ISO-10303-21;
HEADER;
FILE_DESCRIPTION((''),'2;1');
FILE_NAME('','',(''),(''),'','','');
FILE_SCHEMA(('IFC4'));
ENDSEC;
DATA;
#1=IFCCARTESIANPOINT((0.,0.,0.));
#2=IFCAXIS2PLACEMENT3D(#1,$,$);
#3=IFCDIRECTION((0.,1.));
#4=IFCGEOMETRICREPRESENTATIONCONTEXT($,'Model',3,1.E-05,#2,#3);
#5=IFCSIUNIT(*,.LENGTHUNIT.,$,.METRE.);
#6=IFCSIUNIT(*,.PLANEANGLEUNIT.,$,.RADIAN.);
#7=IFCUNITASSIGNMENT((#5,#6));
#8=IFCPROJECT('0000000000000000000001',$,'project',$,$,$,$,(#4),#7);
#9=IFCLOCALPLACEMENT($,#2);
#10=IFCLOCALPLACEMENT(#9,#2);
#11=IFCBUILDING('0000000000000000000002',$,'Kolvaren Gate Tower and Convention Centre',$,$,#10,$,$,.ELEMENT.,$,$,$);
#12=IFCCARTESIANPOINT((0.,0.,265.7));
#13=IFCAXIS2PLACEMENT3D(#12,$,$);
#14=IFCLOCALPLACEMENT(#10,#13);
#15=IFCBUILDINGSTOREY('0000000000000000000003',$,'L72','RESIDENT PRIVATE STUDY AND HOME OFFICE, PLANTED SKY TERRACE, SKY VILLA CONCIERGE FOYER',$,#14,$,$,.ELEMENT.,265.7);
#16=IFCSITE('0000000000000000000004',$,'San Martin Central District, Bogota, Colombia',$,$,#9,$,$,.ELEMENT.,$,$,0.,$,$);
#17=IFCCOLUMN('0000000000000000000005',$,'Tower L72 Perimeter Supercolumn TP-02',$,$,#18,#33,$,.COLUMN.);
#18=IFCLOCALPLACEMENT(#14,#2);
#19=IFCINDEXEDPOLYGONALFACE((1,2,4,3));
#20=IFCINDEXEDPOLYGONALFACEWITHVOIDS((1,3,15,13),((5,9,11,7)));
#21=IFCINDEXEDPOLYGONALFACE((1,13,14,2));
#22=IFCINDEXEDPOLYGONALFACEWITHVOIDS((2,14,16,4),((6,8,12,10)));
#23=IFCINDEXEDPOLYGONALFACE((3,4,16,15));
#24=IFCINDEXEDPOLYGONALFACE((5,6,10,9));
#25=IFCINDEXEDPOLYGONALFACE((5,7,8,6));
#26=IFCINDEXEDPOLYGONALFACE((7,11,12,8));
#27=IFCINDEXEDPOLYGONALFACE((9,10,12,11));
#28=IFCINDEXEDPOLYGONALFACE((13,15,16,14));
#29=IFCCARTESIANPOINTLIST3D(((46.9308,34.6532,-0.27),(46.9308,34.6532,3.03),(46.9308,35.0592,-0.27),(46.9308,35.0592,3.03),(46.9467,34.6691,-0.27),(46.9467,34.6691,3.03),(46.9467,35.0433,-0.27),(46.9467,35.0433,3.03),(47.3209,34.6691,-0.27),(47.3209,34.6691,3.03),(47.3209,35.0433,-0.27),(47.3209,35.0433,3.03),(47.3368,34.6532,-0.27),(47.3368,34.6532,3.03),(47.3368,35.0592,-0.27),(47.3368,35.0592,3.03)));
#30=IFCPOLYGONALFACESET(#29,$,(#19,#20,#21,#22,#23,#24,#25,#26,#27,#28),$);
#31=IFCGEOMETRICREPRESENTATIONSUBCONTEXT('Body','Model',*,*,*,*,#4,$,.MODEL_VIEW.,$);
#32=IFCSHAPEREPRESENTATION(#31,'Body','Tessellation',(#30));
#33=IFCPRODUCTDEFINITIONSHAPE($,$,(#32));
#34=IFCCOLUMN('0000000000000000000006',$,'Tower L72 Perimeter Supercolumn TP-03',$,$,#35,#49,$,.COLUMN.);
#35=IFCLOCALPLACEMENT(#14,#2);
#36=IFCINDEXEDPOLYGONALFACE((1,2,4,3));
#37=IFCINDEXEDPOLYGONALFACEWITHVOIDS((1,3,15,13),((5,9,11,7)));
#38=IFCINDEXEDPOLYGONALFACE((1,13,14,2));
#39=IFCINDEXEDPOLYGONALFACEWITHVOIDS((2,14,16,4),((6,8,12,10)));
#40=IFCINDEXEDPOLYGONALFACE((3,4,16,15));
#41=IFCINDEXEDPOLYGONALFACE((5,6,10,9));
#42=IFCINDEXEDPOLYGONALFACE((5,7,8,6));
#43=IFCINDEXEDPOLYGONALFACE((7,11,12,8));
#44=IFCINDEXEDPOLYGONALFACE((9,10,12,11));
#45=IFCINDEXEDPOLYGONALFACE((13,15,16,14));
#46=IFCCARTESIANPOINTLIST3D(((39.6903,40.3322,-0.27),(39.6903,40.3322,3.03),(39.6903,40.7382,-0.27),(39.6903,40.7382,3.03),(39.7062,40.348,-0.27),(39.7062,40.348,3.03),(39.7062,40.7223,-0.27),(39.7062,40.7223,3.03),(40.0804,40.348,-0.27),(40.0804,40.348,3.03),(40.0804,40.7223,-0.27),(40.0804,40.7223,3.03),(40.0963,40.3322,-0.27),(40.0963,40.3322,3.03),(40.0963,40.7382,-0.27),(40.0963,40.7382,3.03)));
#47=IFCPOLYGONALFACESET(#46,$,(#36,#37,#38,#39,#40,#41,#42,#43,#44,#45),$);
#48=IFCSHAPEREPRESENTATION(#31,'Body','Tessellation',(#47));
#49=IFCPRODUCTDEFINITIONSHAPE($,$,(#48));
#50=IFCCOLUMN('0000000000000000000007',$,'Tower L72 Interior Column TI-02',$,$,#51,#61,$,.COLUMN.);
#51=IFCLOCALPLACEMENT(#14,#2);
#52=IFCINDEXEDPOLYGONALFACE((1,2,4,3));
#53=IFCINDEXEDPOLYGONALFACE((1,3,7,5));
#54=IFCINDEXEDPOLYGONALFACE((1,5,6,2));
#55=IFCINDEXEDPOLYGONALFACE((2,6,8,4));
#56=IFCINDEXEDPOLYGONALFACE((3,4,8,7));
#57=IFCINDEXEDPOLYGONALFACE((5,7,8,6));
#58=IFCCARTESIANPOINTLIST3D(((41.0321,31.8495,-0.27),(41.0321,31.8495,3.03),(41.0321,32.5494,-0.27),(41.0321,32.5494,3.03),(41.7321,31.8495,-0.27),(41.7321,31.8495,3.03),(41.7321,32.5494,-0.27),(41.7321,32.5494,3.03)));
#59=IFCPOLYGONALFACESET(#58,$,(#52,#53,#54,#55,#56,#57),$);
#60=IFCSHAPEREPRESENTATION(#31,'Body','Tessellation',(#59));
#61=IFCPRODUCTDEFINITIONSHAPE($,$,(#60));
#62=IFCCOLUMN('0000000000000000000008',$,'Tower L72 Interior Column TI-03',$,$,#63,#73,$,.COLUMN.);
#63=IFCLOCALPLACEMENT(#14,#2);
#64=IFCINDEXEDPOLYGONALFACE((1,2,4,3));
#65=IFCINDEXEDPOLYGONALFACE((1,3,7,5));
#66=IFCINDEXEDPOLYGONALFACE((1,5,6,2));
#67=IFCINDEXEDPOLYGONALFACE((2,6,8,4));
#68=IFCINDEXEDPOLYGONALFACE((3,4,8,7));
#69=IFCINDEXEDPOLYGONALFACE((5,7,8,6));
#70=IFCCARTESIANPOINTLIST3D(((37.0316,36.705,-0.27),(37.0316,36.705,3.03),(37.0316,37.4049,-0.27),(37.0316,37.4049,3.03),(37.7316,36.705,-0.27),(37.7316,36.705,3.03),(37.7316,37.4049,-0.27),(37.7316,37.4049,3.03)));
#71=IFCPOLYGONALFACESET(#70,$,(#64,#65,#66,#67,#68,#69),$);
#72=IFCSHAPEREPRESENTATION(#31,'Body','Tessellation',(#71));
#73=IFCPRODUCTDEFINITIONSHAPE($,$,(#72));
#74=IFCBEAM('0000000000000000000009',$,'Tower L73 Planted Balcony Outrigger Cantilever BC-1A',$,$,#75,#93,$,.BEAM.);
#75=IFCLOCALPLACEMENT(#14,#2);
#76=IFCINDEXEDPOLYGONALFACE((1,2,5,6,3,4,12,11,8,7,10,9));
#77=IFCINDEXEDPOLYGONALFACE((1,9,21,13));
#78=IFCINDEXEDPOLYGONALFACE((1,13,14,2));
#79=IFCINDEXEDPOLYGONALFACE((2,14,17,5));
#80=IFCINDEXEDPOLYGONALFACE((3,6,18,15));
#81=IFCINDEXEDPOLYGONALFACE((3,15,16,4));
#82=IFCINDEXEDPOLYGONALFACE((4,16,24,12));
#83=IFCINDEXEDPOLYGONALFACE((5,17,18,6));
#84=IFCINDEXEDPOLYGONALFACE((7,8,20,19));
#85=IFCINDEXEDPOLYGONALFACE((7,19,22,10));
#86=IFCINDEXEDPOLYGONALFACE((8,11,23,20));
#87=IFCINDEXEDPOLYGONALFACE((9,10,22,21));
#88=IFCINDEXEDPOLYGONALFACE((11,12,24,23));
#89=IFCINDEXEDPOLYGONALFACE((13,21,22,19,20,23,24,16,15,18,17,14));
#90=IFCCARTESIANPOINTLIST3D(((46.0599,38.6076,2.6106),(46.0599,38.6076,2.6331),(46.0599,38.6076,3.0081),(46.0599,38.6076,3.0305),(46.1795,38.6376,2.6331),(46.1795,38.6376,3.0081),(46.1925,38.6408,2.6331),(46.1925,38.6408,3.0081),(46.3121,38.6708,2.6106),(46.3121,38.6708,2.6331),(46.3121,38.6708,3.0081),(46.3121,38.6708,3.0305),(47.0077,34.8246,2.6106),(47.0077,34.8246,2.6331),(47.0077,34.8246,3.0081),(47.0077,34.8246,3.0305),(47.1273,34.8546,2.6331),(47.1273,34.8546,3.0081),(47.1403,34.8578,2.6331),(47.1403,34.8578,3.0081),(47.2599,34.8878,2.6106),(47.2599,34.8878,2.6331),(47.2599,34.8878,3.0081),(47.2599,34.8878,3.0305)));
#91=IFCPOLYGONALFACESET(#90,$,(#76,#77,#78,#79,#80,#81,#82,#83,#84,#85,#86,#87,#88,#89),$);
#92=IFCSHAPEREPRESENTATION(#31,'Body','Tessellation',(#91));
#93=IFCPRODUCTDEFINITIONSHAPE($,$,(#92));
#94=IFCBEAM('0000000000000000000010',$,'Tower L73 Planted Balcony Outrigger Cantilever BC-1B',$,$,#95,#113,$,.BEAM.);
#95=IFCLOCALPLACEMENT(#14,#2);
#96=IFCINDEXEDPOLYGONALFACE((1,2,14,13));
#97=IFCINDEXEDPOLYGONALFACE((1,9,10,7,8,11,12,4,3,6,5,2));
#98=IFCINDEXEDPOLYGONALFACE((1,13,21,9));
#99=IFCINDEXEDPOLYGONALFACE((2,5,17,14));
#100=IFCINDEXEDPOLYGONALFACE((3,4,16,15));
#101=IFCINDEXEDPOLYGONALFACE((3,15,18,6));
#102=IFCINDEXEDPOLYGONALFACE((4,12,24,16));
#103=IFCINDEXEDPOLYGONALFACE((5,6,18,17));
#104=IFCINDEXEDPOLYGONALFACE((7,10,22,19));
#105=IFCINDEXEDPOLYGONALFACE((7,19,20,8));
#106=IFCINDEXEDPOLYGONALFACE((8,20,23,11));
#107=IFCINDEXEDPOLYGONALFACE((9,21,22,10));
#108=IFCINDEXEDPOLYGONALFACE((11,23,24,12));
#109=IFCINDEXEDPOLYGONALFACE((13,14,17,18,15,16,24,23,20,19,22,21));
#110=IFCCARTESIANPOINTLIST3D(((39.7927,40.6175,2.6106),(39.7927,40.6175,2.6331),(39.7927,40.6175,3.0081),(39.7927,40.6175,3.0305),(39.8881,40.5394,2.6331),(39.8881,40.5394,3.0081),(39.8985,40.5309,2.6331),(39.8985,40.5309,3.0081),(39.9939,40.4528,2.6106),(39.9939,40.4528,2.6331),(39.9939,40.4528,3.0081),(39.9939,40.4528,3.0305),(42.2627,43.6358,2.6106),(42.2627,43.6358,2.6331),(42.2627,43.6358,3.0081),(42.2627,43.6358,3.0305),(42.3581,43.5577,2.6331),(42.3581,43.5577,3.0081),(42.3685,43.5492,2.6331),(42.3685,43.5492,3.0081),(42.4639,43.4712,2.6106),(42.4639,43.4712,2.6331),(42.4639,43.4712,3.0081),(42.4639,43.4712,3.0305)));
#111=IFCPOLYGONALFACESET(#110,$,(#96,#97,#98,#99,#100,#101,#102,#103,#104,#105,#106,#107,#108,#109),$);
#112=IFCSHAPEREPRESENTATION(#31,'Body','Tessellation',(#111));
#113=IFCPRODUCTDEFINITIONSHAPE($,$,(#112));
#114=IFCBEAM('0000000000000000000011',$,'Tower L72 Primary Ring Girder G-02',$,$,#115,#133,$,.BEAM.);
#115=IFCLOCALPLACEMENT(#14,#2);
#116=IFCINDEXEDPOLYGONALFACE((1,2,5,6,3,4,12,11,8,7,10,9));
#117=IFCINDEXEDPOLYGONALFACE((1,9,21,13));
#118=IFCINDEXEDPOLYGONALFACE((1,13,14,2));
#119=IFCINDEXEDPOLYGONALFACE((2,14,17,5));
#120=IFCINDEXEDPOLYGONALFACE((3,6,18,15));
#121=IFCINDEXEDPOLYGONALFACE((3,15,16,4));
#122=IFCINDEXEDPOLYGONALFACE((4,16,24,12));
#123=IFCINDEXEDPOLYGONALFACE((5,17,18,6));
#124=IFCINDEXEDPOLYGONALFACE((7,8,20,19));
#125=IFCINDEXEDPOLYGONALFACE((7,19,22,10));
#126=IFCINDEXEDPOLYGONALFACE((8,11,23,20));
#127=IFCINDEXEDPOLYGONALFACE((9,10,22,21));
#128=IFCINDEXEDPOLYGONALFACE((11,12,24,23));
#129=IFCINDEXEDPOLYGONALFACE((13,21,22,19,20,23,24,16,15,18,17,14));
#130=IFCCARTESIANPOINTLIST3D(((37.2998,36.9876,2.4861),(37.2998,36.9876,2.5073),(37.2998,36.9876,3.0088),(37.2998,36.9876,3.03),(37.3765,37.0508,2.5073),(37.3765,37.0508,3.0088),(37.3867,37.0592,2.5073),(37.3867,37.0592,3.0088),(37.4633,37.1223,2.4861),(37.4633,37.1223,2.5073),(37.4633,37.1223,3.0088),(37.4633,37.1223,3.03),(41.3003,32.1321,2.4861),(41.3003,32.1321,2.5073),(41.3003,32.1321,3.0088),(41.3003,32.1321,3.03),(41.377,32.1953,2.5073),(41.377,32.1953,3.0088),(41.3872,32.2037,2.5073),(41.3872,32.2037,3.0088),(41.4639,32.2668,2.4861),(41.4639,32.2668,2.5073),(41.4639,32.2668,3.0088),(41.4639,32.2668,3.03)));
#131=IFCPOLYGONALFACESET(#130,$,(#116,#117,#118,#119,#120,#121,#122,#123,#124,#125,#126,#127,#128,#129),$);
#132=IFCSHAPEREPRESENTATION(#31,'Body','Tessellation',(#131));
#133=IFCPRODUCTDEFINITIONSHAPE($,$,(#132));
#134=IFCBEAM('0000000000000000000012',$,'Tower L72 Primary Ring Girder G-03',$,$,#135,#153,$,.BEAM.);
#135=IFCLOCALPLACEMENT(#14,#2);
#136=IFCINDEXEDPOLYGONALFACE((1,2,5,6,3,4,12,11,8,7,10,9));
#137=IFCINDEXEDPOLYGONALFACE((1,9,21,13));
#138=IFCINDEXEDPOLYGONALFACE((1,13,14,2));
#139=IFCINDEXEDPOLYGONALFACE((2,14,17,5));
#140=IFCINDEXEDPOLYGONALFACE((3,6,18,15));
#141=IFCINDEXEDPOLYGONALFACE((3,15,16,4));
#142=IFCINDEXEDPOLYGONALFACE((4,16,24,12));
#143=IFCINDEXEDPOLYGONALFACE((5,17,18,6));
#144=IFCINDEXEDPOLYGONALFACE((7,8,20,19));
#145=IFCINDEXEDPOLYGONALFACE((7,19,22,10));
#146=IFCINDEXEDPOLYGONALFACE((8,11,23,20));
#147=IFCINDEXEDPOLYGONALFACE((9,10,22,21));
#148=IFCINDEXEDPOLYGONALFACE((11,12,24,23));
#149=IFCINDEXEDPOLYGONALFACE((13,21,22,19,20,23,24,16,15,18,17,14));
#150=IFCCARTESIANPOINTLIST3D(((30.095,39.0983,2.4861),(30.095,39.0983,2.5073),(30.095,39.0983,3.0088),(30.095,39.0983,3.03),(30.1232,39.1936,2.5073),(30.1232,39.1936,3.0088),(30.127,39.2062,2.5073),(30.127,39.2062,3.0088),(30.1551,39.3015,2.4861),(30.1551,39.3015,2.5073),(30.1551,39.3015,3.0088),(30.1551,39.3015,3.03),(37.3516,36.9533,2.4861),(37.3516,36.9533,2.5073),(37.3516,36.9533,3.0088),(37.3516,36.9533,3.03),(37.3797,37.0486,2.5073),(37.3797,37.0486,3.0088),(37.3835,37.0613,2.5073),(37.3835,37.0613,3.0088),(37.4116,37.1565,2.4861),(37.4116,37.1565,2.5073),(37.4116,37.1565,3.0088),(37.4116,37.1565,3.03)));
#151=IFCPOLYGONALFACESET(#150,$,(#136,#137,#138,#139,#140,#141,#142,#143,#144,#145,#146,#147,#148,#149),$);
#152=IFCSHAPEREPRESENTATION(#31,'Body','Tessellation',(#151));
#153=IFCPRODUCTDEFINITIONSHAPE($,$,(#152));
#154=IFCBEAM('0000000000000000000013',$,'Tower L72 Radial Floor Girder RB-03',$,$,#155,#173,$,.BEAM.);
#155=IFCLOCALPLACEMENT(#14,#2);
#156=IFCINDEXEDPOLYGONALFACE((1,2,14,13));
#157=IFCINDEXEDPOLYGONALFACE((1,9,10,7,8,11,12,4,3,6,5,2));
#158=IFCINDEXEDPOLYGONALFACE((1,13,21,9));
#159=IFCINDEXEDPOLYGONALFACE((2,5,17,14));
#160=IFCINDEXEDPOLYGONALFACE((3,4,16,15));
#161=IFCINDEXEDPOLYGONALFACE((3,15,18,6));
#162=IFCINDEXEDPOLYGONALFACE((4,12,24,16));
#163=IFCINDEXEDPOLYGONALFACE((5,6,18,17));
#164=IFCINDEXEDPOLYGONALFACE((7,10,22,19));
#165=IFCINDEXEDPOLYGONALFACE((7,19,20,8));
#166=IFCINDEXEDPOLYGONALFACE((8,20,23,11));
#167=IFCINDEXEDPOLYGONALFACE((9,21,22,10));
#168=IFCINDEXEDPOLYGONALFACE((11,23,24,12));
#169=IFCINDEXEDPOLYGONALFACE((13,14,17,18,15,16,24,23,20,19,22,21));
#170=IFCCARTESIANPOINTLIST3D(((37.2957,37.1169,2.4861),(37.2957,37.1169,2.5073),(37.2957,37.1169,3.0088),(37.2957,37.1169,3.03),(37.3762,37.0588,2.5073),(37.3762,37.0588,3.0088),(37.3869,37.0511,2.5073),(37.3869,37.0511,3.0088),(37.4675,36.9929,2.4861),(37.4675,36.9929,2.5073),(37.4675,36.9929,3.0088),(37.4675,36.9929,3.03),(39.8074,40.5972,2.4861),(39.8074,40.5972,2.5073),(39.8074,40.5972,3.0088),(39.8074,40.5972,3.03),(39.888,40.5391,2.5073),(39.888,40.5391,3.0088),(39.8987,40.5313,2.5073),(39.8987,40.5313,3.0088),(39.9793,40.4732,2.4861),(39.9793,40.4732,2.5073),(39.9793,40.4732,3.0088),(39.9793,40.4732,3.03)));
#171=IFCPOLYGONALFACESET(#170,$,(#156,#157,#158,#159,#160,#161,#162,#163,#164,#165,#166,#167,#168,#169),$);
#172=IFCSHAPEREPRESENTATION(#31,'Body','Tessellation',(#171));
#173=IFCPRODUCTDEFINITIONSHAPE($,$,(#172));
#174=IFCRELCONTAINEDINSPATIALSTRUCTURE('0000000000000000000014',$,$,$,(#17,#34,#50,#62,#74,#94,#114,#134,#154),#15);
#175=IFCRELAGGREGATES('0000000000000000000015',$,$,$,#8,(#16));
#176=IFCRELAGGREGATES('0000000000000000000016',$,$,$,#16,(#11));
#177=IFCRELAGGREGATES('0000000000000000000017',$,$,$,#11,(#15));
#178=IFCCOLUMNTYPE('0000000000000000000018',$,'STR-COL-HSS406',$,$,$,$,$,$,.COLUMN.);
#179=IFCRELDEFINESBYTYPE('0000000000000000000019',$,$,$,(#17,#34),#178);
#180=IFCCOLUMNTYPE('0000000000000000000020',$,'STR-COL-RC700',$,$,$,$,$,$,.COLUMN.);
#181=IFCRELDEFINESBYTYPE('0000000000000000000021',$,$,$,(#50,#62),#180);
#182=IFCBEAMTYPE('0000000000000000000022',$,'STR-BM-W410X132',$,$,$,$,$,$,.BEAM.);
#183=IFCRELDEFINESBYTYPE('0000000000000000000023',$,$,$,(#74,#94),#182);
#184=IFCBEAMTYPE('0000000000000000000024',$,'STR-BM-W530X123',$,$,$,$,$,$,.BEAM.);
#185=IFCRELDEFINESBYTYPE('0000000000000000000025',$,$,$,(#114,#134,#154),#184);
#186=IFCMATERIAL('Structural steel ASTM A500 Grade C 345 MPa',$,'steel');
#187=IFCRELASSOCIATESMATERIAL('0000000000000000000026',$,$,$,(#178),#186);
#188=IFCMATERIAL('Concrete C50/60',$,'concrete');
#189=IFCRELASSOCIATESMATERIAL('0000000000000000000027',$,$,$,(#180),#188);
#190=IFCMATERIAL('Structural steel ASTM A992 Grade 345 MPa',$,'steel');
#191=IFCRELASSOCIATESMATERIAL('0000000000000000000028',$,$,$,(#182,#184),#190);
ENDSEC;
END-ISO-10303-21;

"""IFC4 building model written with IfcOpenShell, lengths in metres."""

from ifc_helpers import new_model, si_unit, direction, frame, origin, origin_2d, place, context, subcontext, project, spatial, rectangle, hollow_rectangle, i_section, extrude, material, material_profile, profile_set, type_object, element, save


model = new_model("IFC4")

# Units and contexts
model_context = context("Model", 3, precision=1e-05, world=origin(), true_north=direction((0.0, 1.0)))
body_context = subcontext(model_context, "Body", "Model", "MODEL_VIEW")
ifc_project = project(units=[si_unit("LENGTHUNIT", "METRE"), si_unit("PLANEANGLEUNIT", "RADIAN")], contexts=[model_context])

# Site, building, storey
site_placement = place(None, origin())
site = spatial("IfcSite", under=ifc_project, at=site_placement, Name="San Martin Central District, Bogota, Colombia", CompositionType="ELEMENT", RefElevation=0.0)
building_placement = place(site_placement, origin())
building = spatial("IfcBuilding", under=site, at=building_placement, Name="Kolvaren Gate Tower and Convention Centre", CompositionType="ELEMENT")
storey_placement = place(building_placement, frame((0.0, 0.0, 265.7)))
storey = spatial("IfcBuildingStorey", under=building, at=storey_placement, Name="L72", Description="RESIDENT PRIVATE STUDY AND HOME OFFICE, PLANTED SKY TERRACE, SKY VILLA CONCIERGE FOYER", CompositionType="ELEMENT", Elevation=265.7)

# Columns
ifc_material_1 = material(Name="Structural steel ASTM A500 Grade C 345 MPa", Category="steel")
ifc_material_profile_1 = material_profile(ifc_material_1, hollow_rectangle(XDim=0.406, YDim=0.406, WallThickness=0.0159, at=origin_2d()), Name="HSS406X406X15.9")
ifc_profile_set_1 = profile_set([ifc_material_profile_1], Name="Structural steel ASTM A500 Grade C 345 MPa")
column_type_1 = type_object("IfcColumnType", Name="STR-COL-HSS406", PredefinedType="COLUMN", material=ifc_profile_set_1)
for number, where, z_axis, x_axis, name in (
    (1, (47.1338, 34.8562, -0.27), (0.0, 0.0, 1.0), (1.0, 0.0, 0.0), "Tower L72 Perimeter Supercolumn TP-02"),
    (2, (39.8933, 40.5352, -0.27), (0.0, 0.0, 1.0), (1.0, 0.0, 0.0), "Tower L72 Perimeter Supercolumn TP-03"),
):
    element("IfcColumn", number, at=place(storey_placement, frame(where, z_axis=z_axis, x_axis=x_axis)), inside=storey, type_object=column_type_1, Name=name, PredefinedType="COLUMN", context=body_context, shape_type="SweptSolid", body=[
        extrude(hollow_rectangle(XDim=0.406, YDim=0.406, WallThickness=0.0159, at=origin_2d()), origin(), (0.0, 0.0, 1.0), 3.3),
    ])
ifc_material_2 = material(Name="Concrete C50/60", Category="concrete")
ifc_material_profile_2 = material_profile(ifc_material_2, rectangle(XDim=0.7, YDim=0.7, at=origin_2d()), Name="RC-COL-700X700")
ifc_profile_set_2 = profile_set([ifc_material_profile_2], Name="Concrete C50/60")
column_type_2 = type_object("IfcColumnType", Name="STR-COL-RC700", PredefinedType="COLUMN", material=ifc_profile_set_2)
for number, where, z_axis, x_axis, name in (
    (3, (41.3821, 32.1995, -0.27), (0.0, 0.0, 1.0), (1.0, 0.0, 0.0), "Tower L72 Interior Column TI-02"),
    (4, (37.3816, 37.0549, -0.27), (0.0, 0.0, 1.0), (1.0, 0.0, 0.0), "Tower L72 Interior Column TI-03"),
):
    element("IfcColumn", number, at=place(storey_placement, frame(where, z_axis=z_axis, x_axis=x_axis)), inside=storey, type_object=column_type_2, Name=name, PredefinedType="COLUMN", context=body_context, shape_type="SweptSolid", body=[
        extrude(rectangle(XDim=0.7, YDim=0.7, at=origin_2d()), origin(), (0.0, 0.0, 1.0), 3.3),
    ])

# Beams
ifc_material_3 = material(Name="Structural steel ASTM A992 Grade 345 MPa", Category="steel")
ifc_material_profile_3 = material_profile(ifc_material_3, i_section(OverallWidth=0.26, OverallDepth=0.4199, WebThickness=0.0134, FlangeThickness=0.0225, at=origin_2d()), Name="W410X132")
ifc_profile_set_3 = profile_set([ifc_material_profile_3], Name="Structural steel ASTM A992 Grade 345 MPa")
beam_type_1 = type_object("IfcBeamType", Name="STR-BM-W410X132", PredefinedType="BEAM", material=ifc_profile_set_3)
beam_1_placement = place(storey_placement, frame((47.1338, 34.8562, 2.8206), z_axis=(-0.243022, 0.970021, 0.0), x_axis=(-0.970021, -0.243022, 0.0)))
element("IfcBeam", 5, at=beam_1_placement, inside=storey, type_object=beam_type_1, Name="Tower L73 Planted Balcony Outrigger Cantilever BC-1A", PredefinedType="BEAM", context=body_context, shape_type="SweptSolid", body=[
    extrude(i_section(OverallWidth=0.26, OverallDepth=0.4199, WebThickness=0.0134, FlangeThickness=0.0225, at=origin_2d()), origin(), (0.0, 0.0, 1.0), 3.8999),
])
beam_2_placement = place(storey_placement, frame((39.8933, 40.5352, 2.8206), z_axis=(0.633306, 0.773902, 0.0), x_axis=(-0.773902, 0.633306, 0.0)))
element("IfcBeam", 6, at=beam_2_placement, inside=storey, type_object=beam_type_1, Name="Tower L73 Planted Balcony Outrigger Cantilever BC-1B", PredefinedType="BEAM", context=body_context, shape_type="SweptSolid", body=[
    extrude(i_section(OverallWidth=0.26, OverallDepth=0.4199, WebThickness=0.0134, FlangeThickness=0.0225, at=origin_2d()), origin(), (0.0, 0.0, 1.0), 3.9001),
])
ifc_material_profile_4 = material_profile(ifc_material_3, i_section(OverallWidth=0.2119, OverallDepth=0.5439, WebThickness=0.0132, FlangeThickness=0.0212, at=origin_2d()), Name="W530X123")
ifc_profile_set_4 = profile_set([ifc_material_profile_4], Name="Structural steel ASTM A992 Grade 345 MPa")
beam_type_2 = type_object("IfcBeamType", Name="STR-BM-W530X123", PredefinedType="BEAM", material=ifc_profile_set_4)
beam_3_placement = place(storey_placement, frame((41.3821, 32.1995, 2.7581), z_axis=(-0.635884, 0.771785, 0.0), x_axis=(-0.771785, -0.635884, 0.0)))
element("IfcBeam", 7, at=beam_3_placement, inside=storey, type_object=beam_type_2, Name="Tower L72 Primary Ring Girder G-02", PredefinedType="BEAM", context=body_context, shape_type="SweptSolid", body=[
    extrude(i_section(OverallWidth=0.2119, OverallDepth=0.5439, WebThickness=0.0132, FlangeThickness=0.0212, at=origin_2d()), origin(), (0.0, 0.0, 1.0), 6.2913),
])
beam_4_placement = place(storey_placement, frame((37.3816, 37.0549, 2.7581), z_axis=(-0.958981, 0.283471, 0.0), x_axis=(-0.283471, -0.958981, 0.0)))
element("IfcBeam", 8, at=beam_4_placement, inside=storey, type_object=beam_type_2, Name="Tower L72 Primary Ring Girder G-03", PredefinedType="BEAM", context=body_context, shape_type="SweptSolid", body=[
    extrude(i_section(OverallWidth=0.2119, OverallDepth=0.5439, WebThickness=0.0132, FlangeThickness=0.0212, at=origin_2d()), origin(), (0.0, 0.0, 1.0), 7.5669),
])
beam_5_placement = place(storey_placement, frame((37.3816, 37.0549, 2.7581), z_axis=(0.585218, 0.810876, 0.0), x_axis=(-0.810876, 0.585218, 0.0)))
element("IfcBeam", 9, at=beam_5_placement, inside=storey, type_object=beam_type_2, Name="Tower L72 Radial Floor Girder RB-03", PredefinedType="BEAM", context=body_context, shape_type="SweptSolid", body=[
    extrude(i_section(OverallWidth=0.2119, OverallDepth=0.5439, WebThickness=0.0132, FlangeThickness=0.0212, at=origin_2d()), origin(), (0.0, 0.0, 1.0), 4.292),
])

save(model, "model.ifc")
